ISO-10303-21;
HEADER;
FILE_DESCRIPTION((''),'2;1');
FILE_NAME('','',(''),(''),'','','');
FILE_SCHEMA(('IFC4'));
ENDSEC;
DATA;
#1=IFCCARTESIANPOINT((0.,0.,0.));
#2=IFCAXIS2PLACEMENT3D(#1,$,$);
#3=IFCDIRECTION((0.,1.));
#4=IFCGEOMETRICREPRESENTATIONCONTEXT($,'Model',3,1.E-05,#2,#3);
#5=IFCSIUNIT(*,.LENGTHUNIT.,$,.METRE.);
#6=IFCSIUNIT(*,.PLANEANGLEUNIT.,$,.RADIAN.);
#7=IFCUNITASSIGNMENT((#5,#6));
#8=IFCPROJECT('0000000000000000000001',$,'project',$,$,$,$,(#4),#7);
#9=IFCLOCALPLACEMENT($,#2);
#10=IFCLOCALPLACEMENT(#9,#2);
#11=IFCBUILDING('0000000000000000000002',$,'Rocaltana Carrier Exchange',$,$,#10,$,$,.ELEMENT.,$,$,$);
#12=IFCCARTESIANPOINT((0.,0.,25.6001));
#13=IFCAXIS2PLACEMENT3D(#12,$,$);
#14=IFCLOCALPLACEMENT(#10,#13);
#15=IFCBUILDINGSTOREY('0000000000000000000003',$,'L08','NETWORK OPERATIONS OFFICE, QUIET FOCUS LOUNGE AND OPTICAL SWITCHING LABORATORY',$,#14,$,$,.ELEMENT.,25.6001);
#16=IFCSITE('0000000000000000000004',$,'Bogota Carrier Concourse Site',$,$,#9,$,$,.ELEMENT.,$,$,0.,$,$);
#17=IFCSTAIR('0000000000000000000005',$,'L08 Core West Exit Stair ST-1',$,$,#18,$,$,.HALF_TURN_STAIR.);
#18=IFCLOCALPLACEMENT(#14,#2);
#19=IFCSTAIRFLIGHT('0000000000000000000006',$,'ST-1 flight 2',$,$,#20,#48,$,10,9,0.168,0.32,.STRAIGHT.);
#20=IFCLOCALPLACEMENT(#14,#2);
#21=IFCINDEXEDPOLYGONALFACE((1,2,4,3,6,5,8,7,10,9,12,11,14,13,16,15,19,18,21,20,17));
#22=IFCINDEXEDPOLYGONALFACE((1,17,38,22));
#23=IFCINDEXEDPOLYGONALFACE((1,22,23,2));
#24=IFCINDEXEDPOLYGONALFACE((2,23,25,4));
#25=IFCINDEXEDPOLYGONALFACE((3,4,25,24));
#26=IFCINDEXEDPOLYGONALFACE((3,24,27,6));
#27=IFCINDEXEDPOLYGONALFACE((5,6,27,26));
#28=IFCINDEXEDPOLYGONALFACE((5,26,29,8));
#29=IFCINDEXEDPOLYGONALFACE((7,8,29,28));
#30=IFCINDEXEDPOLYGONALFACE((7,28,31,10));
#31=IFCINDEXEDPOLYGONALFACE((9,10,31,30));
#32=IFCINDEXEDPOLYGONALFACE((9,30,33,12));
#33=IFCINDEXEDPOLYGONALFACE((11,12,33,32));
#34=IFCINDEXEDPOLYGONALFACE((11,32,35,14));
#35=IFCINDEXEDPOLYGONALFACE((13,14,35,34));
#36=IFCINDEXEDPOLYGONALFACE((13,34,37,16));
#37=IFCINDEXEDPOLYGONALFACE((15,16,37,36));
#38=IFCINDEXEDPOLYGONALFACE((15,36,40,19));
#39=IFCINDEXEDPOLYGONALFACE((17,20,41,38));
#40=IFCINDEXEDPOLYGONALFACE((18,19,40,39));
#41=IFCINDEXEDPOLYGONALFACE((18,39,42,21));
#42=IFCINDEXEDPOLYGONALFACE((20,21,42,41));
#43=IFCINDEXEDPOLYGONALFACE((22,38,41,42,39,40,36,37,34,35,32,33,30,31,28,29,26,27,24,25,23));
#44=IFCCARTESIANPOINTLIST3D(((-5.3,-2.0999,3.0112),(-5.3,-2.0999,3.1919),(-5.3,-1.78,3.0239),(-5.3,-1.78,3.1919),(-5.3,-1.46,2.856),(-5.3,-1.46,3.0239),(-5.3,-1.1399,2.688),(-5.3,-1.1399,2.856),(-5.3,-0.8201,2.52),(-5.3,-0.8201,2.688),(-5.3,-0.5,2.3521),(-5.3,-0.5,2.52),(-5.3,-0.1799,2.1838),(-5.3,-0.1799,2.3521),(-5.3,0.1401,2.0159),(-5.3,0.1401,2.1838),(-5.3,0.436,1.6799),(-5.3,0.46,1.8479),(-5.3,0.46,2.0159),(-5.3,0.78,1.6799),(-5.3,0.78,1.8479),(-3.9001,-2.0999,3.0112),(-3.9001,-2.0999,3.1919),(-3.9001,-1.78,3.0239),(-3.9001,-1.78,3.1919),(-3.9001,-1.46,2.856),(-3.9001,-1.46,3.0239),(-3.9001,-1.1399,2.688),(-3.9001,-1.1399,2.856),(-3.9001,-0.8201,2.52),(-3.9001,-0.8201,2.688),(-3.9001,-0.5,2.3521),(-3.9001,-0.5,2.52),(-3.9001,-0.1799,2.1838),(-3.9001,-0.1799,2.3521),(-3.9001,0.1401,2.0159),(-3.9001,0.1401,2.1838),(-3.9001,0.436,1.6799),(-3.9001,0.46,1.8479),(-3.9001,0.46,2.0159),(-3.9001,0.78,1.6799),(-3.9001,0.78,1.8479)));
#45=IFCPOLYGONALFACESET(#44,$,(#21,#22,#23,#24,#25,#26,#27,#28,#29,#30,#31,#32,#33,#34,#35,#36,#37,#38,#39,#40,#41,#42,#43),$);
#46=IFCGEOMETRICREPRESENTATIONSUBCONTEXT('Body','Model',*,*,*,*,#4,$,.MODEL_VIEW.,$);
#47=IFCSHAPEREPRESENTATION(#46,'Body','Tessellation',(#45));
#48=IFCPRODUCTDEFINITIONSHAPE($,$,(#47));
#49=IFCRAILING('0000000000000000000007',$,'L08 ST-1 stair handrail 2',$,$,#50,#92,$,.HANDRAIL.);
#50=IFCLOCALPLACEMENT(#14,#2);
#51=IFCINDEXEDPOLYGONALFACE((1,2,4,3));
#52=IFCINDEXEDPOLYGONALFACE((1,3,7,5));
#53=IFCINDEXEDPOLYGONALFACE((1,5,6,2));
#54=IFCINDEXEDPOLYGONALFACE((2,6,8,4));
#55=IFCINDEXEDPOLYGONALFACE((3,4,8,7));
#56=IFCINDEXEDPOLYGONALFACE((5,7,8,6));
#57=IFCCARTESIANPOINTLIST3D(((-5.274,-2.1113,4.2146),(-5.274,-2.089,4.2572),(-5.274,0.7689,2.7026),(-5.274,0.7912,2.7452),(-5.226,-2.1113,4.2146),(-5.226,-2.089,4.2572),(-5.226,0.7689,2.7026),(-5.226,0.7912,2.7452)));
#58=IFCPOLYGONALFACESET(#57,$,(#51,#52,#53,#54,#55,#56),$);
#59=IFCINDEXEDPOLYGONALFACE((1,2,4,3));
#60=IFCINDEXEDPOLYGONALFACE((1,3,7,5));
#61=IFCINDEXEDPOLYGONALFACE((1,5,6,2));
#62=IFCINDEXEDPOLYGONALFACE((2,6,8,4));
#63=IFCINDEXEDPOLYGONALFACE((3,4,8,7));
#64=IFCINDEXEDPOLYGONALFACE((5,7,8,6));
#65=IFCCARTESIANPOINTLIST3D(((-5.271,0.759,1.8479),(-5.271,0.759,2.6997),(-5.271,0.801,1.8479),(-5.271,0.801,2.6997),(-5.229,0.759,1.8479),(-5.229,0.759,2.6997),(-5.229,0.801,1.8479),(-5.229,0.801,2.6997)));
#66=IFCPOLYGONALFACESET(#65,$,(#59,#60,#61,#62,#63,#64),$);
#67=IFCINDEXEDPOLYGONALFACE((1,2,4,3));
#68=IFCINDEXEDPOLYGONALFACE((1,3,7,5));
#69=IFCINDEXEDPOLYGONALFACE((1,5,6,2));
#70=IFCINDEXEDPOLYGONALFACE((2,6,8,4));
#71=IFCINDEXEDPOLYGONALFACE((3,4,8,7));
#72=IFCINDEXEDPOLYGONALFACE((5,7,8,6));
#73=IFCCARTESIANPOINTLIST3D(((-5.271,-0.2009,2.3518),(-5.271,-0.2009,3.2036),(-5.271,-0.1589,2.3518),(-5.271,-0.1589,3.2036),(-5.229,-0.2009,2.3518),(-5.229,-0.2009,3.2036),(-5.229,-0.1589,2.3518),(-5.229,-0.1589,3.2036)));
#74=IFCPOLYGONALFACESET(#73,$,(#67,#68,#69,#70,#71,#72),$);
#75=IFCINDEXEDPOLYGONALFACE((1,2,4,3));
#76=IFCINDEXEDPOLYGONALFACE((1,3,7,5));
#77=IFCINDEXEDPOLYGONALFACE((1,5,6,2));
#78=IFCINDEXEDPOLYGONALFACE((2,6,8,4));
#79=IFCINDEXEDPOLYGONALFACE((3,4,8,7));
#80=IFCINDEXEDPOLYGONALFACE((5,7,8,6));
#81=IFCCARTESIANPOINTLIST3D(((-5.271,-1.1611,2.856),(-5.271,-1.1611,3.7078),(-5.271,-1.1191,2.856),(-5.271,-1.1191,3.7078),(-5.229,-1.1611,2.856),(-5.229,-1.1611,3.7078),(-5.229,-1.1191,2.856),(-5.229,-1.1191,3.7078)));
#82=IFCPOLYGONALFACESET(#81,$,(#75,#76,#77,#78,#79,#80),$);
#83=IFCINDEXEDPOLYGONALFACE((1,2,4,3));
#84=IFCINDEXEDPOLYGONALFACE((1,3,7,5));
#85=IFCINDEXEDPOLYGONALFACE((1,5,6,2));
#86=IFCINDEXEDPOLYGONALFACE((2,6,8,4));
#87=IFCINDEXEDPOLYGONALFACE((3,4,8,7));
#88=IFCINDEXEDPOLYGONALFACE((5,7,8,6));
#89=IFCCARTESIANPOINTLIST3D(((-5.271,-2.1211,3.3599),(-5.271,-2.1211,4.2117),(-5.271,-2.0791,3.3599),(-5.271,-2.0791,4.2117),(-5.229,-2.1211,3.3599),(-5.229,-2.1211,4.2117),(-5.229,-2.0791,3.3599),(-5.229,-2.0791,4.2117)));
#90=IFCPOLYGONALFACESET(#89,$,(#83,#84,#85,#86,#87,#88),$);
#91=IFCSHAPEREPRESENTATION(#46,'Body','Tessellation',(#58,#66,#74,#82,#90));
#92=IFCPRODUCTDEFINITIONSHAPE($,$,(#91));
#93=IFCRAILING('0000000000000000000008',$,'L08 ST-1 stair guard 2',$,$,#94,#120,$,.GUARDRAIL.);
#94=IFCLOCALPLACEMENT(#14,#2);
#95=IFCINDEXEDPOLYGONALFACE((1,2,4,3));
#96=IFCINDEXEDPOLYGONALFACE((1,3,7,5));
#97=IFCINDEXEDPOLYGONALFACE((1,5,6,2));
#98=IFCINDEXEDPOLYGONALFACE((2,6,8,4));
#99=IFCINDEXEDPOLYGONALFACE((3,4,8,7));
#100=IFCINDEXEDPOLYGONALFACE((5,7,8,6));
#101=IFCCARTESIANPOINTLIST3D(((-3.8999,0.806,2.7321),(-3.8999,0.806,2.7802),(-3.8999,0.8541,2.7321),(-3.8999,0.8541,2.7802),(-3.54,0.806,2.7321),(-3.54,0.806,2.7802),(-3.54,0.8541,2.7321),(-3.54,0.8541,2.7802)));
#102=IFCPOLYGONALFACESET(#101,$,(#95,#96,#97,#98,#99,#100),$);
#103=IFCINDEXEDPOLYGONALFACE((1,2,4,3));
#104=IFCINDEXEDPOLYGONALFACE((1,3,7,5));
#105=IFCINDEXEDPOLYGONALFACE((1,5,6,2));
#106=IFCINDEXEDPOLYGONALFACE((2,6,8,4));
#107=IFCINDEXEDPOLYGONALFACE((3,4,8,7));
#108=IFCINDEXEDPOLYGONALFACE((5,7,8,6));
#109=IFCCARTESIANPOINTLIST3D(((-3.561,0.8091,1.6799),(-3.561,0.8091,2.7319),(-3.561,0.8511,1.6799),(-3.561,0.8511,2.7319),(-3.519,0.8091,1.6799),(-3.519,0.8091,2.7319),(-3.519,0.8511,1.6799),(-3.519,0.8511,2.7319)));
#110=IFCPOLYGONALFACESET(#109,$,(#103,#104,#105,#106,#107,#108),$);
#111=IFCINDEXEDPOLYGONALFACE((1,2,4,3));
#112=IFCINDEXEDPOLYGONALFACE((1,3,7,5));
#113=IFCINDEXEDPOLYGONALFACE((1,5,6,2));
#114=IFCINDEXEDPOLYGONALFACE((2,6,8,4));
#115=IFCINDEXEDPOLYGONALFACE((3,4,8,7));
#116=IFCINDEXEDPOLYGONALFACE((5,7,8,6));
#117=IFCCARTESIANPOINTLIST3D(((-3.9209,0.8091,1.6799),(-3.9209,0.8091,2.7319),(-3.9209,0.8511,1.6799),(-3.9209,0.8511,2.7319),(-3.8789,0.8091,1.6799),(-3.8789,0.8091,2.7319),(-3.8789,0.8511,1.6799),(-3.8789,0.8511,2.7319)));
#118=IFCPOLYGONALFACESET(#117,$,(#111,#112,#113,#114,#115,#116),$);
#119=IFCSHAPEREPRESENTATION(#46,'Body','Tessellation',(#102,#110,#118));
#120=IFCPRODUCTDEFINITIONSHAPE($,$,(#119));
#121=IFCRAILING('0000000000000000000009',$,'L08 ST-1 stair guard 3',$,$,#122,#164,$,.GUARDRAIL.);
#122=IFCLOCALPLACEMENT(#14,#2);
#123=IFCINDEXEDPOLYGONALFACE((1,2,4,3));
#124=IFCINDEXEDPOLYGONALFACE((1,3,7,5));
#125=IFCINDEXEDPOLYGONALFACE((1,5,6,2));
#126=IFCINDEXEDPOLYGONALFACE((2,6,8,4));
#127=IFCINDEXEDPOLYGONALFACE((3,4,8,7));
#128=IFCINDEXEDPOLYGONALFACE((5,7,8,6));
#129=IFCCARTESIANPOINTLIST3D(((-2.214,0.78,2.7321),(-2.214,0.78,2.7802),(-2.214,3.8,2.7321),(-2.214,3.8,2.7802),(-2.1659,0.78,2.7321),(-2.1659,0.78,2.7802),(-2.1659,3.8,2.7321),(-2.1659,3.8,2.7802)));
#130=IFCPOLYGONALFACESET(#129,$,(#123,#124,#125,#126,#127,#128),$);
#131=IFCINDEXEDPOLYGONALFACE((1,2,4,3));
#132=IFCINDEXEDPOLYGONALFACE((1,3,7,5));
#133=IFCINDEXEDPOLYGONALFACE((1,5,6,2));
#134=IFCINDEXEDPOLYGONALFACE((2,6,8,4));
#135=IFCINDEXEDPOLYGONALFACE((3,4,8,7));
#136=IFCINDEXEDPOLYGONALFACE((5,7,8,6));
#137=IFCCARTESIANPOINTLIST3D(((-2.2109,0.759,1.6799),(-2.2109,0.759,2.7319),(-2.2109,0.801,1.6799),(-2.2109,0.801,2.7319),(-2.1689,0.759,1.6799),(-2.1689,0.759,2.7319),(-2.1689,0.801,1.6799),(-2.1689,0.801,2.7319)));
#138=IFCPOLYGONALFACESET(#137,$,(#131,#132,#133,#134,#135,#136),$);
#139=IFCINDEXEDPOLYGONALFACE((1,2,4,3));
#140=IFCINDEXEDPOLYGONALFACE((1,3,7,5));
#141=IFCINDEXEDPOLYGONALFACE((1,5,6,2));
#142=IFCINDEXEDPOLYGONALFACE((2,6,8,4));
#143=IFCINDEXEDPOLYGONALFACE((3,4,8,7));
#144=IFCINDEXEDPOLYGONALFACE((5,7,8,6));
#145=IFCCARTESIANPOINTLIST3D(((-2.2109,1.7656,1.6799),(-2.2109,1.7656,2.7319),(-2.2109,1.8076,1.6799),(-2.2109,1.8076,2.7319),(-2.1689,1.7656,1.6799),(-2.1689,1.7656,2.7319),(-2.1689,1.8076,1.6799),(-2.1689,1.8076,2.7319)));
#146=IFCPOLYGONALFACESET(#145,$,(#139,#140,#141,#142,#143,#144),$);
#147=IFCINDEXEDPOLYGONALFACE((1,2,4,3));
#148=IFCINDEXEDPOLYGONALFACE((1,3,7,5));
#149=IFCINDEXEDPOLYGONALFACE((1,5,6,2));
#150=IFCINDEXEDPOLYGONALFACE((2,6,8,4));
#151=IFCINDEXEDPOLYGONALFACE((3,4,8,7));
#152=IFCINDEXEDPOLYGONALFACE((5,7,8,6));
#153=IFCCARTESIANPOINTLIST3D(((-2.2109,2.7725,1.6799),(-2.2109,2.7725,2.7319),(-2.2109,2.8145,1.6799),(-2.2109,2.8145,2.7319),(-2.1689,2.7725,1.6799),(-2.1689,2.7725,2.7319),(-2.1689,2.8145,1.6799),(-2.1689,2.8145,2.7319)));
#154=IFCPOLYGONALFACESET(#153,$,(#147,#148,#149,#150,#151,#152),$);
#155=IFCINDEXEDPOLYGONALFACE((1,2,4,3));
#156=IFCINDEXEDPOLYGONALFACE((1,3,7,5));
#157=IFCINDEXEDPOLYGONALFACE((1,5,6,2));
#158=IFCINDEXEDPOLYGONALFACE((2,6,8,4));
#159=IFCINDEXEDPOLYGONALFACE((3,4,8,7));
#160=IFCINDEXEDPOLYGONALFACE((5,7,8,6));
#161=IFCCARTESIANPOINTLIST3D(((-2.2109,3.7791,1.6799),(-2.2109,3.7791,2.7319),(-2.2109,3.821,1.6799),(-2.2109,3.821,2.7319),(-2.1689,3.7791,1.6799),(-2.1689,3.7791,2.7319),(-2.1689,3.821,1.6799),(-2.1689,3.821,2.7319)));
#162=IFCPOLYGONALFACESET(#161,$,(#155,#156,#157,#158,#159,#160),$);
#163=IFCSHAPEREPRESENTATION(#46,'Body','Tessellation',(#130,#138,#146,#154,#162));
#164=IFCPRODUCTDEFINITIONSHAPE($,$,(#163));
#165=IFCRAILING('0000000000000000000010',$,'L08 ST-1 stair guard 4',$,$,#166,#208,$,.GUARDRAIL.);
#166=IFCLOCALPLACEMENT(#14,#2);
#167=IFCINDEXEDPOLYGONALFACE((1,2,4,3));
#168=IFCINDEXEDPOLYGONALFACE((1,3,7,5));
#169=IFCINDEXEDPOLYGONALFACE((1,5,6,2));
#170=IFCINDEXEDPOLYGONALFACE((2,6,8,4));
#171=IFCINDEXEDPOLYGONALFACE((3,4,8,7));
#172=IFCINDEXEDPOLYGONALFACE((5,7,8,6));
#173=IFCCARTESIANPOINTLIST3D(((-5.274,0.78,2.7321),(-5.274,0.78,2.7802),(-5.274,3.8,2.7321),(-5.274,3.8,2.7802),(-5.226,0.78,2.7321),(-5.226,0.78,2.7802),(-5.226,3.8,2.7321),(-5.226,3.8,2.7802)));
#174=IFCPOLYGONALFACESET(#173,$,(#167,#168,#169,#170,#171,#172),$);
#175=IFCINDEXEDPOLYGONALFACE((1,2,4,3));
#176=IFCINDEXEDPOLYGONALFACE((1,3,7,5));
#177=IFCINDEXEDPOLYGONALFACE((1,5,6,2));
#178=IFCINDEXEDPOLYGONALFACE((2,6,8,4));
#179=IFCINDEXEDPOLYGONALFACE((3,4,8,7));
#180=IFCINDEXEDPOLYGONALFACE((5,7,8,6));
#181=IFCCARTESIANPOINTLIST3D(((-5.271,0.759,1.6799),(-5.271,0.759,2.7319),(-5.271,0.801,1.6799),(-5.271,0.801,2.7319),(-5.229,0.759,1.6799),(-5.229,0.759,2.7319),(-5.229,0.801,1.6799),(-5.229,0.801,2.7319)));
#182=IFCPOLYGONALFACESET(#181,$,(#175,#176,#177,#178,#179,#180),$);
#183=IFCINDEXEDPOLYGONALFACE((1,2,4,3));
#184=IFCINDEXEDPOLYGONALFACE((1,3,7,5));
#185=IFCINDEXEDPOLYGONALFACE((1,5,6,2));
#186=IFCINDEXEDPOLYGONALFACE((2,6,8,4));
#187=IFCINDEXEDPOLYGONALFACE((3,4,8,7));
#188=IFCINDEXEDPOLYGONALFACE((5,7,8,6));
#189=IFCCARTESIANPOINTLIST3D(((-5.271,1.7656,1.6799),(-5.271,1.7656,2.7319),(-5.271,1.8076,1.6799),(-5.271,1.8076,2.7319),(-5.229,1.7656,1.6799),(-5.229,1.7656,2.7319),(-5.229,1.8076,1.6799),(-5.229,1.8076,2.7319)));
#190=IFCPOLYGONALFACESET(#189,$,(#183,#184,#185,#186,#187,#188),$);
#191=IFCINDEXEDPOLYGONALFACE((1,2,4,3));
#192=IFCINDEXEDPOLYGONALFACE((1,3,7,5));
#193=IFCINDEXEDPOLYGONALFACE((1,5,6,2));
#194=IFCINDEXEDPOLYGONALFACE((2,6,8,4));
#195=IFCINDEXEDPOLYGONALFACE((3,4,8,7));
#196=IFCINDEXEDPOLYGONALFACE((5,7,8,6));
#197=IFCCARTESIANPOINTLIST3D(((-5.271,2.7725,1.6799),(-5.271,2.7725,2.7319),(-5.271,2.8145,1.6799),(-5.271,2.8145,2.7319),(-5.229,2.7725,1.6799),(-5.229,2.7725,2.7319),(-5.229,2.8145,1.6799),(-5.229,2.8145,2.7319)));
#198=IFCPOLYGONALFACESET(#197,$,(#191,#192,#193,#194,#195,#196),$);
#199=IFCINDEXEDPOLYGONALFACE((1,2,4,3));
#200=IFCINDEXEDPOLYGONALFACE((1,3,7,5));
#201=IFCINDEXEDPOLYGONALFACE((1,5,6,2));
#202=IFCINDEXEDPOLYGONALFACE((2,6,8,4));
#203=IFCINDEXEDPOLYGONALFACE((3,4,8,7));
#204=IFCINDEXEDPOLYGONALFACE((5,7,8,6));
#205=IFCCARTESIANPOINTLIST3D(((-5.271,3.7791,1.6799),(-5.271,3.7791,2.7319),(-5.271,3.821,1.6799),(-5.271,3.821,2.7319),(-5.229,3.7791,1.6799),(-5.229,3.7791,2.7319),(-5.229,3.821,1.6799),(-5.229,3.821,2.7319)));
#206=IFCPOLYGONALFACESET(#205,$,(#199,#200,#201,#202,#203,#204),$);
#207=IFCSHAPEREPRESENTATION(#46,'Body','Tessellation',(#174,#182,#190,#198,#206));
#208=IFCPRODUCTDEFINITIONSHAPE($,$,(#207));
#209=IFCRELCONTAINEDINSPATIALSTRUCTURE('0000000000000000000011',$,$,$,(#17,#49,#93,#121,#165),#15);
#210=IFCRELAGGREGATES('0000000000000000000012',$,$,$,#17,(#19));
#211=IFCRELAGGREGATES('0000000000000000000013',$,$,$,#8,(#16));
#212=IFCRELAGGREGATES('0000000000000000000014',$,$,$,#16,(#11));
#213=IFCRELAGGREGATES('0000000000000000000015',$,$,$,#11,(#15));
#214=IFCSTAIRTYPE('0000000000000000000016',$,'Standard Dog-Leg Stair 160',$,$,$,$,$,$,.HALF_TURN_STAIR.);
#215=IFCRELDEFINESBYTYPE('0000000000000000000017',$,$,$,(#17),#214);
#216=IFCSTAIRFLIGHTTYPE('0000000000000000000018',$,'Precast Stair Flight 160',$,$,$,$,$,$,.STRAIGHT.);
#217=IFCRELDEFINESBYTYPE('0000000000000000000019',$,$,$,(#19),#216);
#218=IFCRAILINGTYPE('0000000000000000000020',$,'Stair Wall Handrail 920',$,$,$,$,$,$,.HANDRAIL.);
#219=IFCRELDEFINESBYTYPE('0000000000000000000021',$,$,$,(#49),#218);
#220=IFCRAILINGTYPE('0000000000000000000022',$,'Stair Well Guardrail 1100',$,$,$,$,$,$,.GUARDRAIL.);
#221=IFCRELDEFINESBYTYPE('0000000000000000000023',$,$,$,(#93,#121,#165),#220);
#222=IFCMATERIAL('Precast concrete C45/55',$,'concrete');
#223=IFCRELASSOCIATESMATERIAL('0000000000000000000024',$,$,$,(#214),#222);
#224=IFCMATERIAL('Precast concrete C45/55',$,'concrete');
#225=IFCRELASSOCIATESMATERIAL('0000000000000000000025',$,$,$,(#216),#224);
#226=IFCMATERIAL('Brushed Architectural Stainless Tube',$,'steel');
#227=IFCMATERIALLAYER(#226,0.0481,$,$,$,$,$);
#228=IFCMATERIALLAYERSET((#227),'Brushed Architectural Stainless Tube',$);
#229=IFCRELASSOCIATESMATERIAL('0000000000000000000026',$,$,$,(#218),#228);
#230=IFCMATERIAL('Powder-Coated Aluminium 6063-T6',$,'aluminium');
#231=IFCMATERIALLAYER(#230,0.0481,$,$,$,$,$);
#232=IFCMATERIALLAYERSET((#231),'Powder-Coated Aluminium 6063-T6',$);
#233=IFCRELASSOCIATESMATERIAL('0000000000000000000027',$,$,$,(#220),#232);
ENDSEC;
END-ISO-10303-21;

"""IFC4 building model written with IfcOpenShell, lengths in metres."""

from ifc_helpers import new_model, si_unit, direction, frame, origin, origin_2d, place, context, subcontext, project, spatial, polyline, rectangle, outline, extrude, material, layer, layer_set, type_object, element, aggregate, save


model = new_model("IFC4")

# Units and contexts
model_context = context("Model", 3, precision=1e-05, world=origin(), true_north=direction((0.0, 1.0)))
body_context = subcontext(model_context, "Body", "Model", "MODEL_VIEW")
ifc_project = project(units=[si_unit("LENGTHUNIT", "METRE"), si_unit("PLANEANGLEUNIT", "RADIAN")], contexts=[model_context])

# Site, building, storey
site_placement = place(None, origin())
site = spatial("IfcSite", under=ifc_project, at=site_placement, Name="Bogota Carrier Concourse Site", CompositionType="ELEMENT", RefElevation=0.0)
building_placement = place(site_placement, origin())
building = spatial("IfcBuilding", under=site, at=building_placement, Name="Rocaltana Carrier Exchange", CompositionType="ELEMENT")
storey_placement = place(building_placement, frame((0.0, 0.0, 25.6001)))
storey = spatial("IfcBuildingStorey", under=building, at=storey_placement, Name="L08", Description="NETWORK OPERATIONS OFFICE, QUIET FOCUS LOUNGE AND OPTICAL SWITCHING LABORATORY", CompositionType="ELEMENT", Elevation=25.6001)

# Stair, stair flight
ifc_material_1 = material(Name="Precast concrete C45/55", Category="concrete")
stair_type = type_object("IfcStairType", Name="Standard Dog-Leg Stair 160", PredefinedType="HALF_TURN_STAIR", material=ifc_material_1)
stair_placement = place(storey_placement, origin())
stair = element("IfcStair", 1, at=stair_placement, inside=storey, type_object=stair_type, Name="L08 Core West Exit Stair ST-1", PredefinedType="HALF_TURN_STAIR")
ifc_material_2 = material(Name="Precast concrete C45/55", Category="concrete")
stair_flight_type = type_object("IfcStairFlightType", Name="Precast Stair Flight 160", PredefinedType="STRAIGHT", material=ifc_material_2)
stair_flight_placement = place(storey_placement, frame((-4.6001, 0.78, 1.6799), z_axis=(0.0, 0.0, 1.0), x_axis=(0.0, -1.0, 0.0)))
stair_flight = element("IfcStairFlight", 2, at=stair_flight_placement, type_object=stair_flight_type, Name="ST-1 flight 2", NumberOfRisers=10, NumberOfTreads=9, PredefinedType="STRAIGHT", RiserHeight=0.168, TreadLength=0.32, context=body_context, shape_type="SweptSolid", body=[
    extrude(outline(polyline([(0.0, 0.0), (0.0, 0.168), (0.3201, 0.168), (0.3201, 0.3359), (0.6399, 0.3359), (0.6399, 0.5039), (0.96, 0.5039), (0.96, 0.6721), (1.28, 0.6721), (1.28, 0.8401), (1.6001, 0.8401), (1.6001, 1.0081), (1.9199, 1.0081), (1.9199, 1.176), (2.24, 1.176), (2.24, 1.344), (2.5601, 1.344), (2.5601, 1.512), (2.8799, 1.512), (2.8799, 1.6799), (2.8799, 1.3313), (0.344, 0.0), (0.0, 0.0)])), frame((0.0, 0.7, 0.0), z_axis=(0.0, -1.0, 0.0), x_axis=(1.0, 0.0, 0.0)), (0.0, 0.0, 1.0), 1.3999),
])
aggregate(stair, [stair_flight])

# Railings
ifc_material_3 = material(Name="Brushed Architectural Stainless Tube", Category="steel")
ifc_layer_1 = layer(ifc_material_3, 0.0481)
ifc_layer_set_1 = layer_set([ifc_layer_1], Name="Brushed Architectural Stainless Tube")
railing_type_1 = type_object("IfcRailingType", Name="Stair Wall Handrail 920", PredefinedType="HANDRAIL", material=ifc_layer_set_1)
railing_1_placement = place(storey_placement, frame((-5.25, 0.78, 1.8479)))
element("IfcRailing", 3, at=railing_1_placement, inside=storey, type_object=railing_type_1, Name="L08 ST-1 stair handrail 2", PredefinedType="HANDRAIL", context=body_context, shape_type="SweptSolid", body=[
    extrude(rectangle(XDim=0.0481, YDim=0.0481, at=origin_2d()), frame((0.0, 0.0, 0.876), z_axis=(0.0, -0.885411, 0.464809), x_axis=(1.0, 0.0, 0.0)), (0.0, 0.0, 1.0), 3.2529),
    extrude(rectangle(XDim=0.042, YDim=0.042, at=origin_2d()), origin(), (0.0, 0.0, 1.0), 0.8518),
    extrude(rectangle(XDim=0.042, YDim=0.042, at=origin_2d()), frame((0.0, -0.96, 0.5039)), (0.0, 0.0, 1.0), 0.8518),
    extrude(rectangle(XDim=0.042, YDim=0.042, at=origin_2d()), frame((0.0, -1.9202, 1.0081)), (0.0, 0.0, 1.0), 0.8518),
    extrude(rectangle(XDim=0.042, YDim=0.042, at=origin_2d()), frame((0.0, -2.8801, 1.512)), (0.0, 0.0, 1.0), 0.8518),
])
ifc_material_4 = material(Name="Powder-Coated Aluminium 6063-T6", Category="aluminium")
ifc_layer_2 = layer(ifc_material_4, 0.0481)
ifc_layer_set_2 = layer_set([ifc_layer_2], Name="Powder-Coated Aluminium 6063-T6")
railing_type_2 = type_object("IfcRailingType", Name="Stair Well Guardrail 1100", PredefinedType="GUARDRAIL", material=ifc_layer_set_2)
railing_2_placement = place(storey_placement, frame((-3.54, 0.8301, 1.6799)))
element("IfcRailing", 4, at=railing_2_placement, inside=storey, type_object=railing_type_2, Name="L08 ST-1 stair guard 2", PredefinedType="GUARDRAIL", context=body_context, shape_type="SweptSolid", body=[
    extrude(rectangle(XDim=0.0481, YDim=0.0481, at=origin_2d()), frame((0.0, 0.0, 1.0762), z_axis=(-1.0, 0.0, 0.0), x_axis=(0.0, -1.0, 0.0)), (0.0, 0.0, 1.0), 0.3599),
    extrude(rectangle(XDim=0.042, YDim=0.042, at=origin_2d()), origin(), (0.0, 0.0, 1.0), 1.052),
    extrude(rectangle(XDim=0.042, YDim=0.042, at=origin_2d()), frame((-0.3599, 0.0, 0.0)), (0.0, 0.0, 1.0), 1.052),
])
for number, where, name in (
    (5, (-2.1899, 0.78, 1.6799), "L08 ST-1 stair guard 3"),
    (6, (-5.25, 0.78, 1.6799), "L08 ST-1 stair guard 4"),
):
    element("IfcRailing", number, at=place(storey_placement, frame(where)), inside=storey, type_object=railing_type_2, Name=name, PredefinedType="GUARDRAIL", context=body_context, shape_type="SweptSolid", body=[
        extrude(rectangle(XDim=0.0481, YDim=0.0481, at=origin_2d()), frame((0.0, 0.0, 1.0762), z_axis=(0.0, 1.0, 0.0), x_axis=(-1.0, 0.0, 0.0)), (0.0, 0.0, 1.0), 3.02),
        extrude(rectangle(XDim=0.042, YDim=0.042, at=origin_2d()), origin(), (0.0, 0.0, 1.0), 1.052),
        extrude(rectangle(XDim=0.042, YDim=0.042, at=origin_2d()), frame((0.0, 1.0066, 0.0)), (0.0, 0.0, 1.0), 1.052),
        extrude(rectangle(XDim=0.042, YDim=0.042, at=origin_2d()), frame((0.0, 2.0134, 0.0)), (0.0, 0.0, 1.0), 1.052),
        extrude(rectangle(XDim=0.042, YDim=0.042, at=origin_2d()), frame((0.0, 3.02, 0.0)), (0.0, 0.0, 1.0), 1.052),
    ])

save(model, "model.ifc")
